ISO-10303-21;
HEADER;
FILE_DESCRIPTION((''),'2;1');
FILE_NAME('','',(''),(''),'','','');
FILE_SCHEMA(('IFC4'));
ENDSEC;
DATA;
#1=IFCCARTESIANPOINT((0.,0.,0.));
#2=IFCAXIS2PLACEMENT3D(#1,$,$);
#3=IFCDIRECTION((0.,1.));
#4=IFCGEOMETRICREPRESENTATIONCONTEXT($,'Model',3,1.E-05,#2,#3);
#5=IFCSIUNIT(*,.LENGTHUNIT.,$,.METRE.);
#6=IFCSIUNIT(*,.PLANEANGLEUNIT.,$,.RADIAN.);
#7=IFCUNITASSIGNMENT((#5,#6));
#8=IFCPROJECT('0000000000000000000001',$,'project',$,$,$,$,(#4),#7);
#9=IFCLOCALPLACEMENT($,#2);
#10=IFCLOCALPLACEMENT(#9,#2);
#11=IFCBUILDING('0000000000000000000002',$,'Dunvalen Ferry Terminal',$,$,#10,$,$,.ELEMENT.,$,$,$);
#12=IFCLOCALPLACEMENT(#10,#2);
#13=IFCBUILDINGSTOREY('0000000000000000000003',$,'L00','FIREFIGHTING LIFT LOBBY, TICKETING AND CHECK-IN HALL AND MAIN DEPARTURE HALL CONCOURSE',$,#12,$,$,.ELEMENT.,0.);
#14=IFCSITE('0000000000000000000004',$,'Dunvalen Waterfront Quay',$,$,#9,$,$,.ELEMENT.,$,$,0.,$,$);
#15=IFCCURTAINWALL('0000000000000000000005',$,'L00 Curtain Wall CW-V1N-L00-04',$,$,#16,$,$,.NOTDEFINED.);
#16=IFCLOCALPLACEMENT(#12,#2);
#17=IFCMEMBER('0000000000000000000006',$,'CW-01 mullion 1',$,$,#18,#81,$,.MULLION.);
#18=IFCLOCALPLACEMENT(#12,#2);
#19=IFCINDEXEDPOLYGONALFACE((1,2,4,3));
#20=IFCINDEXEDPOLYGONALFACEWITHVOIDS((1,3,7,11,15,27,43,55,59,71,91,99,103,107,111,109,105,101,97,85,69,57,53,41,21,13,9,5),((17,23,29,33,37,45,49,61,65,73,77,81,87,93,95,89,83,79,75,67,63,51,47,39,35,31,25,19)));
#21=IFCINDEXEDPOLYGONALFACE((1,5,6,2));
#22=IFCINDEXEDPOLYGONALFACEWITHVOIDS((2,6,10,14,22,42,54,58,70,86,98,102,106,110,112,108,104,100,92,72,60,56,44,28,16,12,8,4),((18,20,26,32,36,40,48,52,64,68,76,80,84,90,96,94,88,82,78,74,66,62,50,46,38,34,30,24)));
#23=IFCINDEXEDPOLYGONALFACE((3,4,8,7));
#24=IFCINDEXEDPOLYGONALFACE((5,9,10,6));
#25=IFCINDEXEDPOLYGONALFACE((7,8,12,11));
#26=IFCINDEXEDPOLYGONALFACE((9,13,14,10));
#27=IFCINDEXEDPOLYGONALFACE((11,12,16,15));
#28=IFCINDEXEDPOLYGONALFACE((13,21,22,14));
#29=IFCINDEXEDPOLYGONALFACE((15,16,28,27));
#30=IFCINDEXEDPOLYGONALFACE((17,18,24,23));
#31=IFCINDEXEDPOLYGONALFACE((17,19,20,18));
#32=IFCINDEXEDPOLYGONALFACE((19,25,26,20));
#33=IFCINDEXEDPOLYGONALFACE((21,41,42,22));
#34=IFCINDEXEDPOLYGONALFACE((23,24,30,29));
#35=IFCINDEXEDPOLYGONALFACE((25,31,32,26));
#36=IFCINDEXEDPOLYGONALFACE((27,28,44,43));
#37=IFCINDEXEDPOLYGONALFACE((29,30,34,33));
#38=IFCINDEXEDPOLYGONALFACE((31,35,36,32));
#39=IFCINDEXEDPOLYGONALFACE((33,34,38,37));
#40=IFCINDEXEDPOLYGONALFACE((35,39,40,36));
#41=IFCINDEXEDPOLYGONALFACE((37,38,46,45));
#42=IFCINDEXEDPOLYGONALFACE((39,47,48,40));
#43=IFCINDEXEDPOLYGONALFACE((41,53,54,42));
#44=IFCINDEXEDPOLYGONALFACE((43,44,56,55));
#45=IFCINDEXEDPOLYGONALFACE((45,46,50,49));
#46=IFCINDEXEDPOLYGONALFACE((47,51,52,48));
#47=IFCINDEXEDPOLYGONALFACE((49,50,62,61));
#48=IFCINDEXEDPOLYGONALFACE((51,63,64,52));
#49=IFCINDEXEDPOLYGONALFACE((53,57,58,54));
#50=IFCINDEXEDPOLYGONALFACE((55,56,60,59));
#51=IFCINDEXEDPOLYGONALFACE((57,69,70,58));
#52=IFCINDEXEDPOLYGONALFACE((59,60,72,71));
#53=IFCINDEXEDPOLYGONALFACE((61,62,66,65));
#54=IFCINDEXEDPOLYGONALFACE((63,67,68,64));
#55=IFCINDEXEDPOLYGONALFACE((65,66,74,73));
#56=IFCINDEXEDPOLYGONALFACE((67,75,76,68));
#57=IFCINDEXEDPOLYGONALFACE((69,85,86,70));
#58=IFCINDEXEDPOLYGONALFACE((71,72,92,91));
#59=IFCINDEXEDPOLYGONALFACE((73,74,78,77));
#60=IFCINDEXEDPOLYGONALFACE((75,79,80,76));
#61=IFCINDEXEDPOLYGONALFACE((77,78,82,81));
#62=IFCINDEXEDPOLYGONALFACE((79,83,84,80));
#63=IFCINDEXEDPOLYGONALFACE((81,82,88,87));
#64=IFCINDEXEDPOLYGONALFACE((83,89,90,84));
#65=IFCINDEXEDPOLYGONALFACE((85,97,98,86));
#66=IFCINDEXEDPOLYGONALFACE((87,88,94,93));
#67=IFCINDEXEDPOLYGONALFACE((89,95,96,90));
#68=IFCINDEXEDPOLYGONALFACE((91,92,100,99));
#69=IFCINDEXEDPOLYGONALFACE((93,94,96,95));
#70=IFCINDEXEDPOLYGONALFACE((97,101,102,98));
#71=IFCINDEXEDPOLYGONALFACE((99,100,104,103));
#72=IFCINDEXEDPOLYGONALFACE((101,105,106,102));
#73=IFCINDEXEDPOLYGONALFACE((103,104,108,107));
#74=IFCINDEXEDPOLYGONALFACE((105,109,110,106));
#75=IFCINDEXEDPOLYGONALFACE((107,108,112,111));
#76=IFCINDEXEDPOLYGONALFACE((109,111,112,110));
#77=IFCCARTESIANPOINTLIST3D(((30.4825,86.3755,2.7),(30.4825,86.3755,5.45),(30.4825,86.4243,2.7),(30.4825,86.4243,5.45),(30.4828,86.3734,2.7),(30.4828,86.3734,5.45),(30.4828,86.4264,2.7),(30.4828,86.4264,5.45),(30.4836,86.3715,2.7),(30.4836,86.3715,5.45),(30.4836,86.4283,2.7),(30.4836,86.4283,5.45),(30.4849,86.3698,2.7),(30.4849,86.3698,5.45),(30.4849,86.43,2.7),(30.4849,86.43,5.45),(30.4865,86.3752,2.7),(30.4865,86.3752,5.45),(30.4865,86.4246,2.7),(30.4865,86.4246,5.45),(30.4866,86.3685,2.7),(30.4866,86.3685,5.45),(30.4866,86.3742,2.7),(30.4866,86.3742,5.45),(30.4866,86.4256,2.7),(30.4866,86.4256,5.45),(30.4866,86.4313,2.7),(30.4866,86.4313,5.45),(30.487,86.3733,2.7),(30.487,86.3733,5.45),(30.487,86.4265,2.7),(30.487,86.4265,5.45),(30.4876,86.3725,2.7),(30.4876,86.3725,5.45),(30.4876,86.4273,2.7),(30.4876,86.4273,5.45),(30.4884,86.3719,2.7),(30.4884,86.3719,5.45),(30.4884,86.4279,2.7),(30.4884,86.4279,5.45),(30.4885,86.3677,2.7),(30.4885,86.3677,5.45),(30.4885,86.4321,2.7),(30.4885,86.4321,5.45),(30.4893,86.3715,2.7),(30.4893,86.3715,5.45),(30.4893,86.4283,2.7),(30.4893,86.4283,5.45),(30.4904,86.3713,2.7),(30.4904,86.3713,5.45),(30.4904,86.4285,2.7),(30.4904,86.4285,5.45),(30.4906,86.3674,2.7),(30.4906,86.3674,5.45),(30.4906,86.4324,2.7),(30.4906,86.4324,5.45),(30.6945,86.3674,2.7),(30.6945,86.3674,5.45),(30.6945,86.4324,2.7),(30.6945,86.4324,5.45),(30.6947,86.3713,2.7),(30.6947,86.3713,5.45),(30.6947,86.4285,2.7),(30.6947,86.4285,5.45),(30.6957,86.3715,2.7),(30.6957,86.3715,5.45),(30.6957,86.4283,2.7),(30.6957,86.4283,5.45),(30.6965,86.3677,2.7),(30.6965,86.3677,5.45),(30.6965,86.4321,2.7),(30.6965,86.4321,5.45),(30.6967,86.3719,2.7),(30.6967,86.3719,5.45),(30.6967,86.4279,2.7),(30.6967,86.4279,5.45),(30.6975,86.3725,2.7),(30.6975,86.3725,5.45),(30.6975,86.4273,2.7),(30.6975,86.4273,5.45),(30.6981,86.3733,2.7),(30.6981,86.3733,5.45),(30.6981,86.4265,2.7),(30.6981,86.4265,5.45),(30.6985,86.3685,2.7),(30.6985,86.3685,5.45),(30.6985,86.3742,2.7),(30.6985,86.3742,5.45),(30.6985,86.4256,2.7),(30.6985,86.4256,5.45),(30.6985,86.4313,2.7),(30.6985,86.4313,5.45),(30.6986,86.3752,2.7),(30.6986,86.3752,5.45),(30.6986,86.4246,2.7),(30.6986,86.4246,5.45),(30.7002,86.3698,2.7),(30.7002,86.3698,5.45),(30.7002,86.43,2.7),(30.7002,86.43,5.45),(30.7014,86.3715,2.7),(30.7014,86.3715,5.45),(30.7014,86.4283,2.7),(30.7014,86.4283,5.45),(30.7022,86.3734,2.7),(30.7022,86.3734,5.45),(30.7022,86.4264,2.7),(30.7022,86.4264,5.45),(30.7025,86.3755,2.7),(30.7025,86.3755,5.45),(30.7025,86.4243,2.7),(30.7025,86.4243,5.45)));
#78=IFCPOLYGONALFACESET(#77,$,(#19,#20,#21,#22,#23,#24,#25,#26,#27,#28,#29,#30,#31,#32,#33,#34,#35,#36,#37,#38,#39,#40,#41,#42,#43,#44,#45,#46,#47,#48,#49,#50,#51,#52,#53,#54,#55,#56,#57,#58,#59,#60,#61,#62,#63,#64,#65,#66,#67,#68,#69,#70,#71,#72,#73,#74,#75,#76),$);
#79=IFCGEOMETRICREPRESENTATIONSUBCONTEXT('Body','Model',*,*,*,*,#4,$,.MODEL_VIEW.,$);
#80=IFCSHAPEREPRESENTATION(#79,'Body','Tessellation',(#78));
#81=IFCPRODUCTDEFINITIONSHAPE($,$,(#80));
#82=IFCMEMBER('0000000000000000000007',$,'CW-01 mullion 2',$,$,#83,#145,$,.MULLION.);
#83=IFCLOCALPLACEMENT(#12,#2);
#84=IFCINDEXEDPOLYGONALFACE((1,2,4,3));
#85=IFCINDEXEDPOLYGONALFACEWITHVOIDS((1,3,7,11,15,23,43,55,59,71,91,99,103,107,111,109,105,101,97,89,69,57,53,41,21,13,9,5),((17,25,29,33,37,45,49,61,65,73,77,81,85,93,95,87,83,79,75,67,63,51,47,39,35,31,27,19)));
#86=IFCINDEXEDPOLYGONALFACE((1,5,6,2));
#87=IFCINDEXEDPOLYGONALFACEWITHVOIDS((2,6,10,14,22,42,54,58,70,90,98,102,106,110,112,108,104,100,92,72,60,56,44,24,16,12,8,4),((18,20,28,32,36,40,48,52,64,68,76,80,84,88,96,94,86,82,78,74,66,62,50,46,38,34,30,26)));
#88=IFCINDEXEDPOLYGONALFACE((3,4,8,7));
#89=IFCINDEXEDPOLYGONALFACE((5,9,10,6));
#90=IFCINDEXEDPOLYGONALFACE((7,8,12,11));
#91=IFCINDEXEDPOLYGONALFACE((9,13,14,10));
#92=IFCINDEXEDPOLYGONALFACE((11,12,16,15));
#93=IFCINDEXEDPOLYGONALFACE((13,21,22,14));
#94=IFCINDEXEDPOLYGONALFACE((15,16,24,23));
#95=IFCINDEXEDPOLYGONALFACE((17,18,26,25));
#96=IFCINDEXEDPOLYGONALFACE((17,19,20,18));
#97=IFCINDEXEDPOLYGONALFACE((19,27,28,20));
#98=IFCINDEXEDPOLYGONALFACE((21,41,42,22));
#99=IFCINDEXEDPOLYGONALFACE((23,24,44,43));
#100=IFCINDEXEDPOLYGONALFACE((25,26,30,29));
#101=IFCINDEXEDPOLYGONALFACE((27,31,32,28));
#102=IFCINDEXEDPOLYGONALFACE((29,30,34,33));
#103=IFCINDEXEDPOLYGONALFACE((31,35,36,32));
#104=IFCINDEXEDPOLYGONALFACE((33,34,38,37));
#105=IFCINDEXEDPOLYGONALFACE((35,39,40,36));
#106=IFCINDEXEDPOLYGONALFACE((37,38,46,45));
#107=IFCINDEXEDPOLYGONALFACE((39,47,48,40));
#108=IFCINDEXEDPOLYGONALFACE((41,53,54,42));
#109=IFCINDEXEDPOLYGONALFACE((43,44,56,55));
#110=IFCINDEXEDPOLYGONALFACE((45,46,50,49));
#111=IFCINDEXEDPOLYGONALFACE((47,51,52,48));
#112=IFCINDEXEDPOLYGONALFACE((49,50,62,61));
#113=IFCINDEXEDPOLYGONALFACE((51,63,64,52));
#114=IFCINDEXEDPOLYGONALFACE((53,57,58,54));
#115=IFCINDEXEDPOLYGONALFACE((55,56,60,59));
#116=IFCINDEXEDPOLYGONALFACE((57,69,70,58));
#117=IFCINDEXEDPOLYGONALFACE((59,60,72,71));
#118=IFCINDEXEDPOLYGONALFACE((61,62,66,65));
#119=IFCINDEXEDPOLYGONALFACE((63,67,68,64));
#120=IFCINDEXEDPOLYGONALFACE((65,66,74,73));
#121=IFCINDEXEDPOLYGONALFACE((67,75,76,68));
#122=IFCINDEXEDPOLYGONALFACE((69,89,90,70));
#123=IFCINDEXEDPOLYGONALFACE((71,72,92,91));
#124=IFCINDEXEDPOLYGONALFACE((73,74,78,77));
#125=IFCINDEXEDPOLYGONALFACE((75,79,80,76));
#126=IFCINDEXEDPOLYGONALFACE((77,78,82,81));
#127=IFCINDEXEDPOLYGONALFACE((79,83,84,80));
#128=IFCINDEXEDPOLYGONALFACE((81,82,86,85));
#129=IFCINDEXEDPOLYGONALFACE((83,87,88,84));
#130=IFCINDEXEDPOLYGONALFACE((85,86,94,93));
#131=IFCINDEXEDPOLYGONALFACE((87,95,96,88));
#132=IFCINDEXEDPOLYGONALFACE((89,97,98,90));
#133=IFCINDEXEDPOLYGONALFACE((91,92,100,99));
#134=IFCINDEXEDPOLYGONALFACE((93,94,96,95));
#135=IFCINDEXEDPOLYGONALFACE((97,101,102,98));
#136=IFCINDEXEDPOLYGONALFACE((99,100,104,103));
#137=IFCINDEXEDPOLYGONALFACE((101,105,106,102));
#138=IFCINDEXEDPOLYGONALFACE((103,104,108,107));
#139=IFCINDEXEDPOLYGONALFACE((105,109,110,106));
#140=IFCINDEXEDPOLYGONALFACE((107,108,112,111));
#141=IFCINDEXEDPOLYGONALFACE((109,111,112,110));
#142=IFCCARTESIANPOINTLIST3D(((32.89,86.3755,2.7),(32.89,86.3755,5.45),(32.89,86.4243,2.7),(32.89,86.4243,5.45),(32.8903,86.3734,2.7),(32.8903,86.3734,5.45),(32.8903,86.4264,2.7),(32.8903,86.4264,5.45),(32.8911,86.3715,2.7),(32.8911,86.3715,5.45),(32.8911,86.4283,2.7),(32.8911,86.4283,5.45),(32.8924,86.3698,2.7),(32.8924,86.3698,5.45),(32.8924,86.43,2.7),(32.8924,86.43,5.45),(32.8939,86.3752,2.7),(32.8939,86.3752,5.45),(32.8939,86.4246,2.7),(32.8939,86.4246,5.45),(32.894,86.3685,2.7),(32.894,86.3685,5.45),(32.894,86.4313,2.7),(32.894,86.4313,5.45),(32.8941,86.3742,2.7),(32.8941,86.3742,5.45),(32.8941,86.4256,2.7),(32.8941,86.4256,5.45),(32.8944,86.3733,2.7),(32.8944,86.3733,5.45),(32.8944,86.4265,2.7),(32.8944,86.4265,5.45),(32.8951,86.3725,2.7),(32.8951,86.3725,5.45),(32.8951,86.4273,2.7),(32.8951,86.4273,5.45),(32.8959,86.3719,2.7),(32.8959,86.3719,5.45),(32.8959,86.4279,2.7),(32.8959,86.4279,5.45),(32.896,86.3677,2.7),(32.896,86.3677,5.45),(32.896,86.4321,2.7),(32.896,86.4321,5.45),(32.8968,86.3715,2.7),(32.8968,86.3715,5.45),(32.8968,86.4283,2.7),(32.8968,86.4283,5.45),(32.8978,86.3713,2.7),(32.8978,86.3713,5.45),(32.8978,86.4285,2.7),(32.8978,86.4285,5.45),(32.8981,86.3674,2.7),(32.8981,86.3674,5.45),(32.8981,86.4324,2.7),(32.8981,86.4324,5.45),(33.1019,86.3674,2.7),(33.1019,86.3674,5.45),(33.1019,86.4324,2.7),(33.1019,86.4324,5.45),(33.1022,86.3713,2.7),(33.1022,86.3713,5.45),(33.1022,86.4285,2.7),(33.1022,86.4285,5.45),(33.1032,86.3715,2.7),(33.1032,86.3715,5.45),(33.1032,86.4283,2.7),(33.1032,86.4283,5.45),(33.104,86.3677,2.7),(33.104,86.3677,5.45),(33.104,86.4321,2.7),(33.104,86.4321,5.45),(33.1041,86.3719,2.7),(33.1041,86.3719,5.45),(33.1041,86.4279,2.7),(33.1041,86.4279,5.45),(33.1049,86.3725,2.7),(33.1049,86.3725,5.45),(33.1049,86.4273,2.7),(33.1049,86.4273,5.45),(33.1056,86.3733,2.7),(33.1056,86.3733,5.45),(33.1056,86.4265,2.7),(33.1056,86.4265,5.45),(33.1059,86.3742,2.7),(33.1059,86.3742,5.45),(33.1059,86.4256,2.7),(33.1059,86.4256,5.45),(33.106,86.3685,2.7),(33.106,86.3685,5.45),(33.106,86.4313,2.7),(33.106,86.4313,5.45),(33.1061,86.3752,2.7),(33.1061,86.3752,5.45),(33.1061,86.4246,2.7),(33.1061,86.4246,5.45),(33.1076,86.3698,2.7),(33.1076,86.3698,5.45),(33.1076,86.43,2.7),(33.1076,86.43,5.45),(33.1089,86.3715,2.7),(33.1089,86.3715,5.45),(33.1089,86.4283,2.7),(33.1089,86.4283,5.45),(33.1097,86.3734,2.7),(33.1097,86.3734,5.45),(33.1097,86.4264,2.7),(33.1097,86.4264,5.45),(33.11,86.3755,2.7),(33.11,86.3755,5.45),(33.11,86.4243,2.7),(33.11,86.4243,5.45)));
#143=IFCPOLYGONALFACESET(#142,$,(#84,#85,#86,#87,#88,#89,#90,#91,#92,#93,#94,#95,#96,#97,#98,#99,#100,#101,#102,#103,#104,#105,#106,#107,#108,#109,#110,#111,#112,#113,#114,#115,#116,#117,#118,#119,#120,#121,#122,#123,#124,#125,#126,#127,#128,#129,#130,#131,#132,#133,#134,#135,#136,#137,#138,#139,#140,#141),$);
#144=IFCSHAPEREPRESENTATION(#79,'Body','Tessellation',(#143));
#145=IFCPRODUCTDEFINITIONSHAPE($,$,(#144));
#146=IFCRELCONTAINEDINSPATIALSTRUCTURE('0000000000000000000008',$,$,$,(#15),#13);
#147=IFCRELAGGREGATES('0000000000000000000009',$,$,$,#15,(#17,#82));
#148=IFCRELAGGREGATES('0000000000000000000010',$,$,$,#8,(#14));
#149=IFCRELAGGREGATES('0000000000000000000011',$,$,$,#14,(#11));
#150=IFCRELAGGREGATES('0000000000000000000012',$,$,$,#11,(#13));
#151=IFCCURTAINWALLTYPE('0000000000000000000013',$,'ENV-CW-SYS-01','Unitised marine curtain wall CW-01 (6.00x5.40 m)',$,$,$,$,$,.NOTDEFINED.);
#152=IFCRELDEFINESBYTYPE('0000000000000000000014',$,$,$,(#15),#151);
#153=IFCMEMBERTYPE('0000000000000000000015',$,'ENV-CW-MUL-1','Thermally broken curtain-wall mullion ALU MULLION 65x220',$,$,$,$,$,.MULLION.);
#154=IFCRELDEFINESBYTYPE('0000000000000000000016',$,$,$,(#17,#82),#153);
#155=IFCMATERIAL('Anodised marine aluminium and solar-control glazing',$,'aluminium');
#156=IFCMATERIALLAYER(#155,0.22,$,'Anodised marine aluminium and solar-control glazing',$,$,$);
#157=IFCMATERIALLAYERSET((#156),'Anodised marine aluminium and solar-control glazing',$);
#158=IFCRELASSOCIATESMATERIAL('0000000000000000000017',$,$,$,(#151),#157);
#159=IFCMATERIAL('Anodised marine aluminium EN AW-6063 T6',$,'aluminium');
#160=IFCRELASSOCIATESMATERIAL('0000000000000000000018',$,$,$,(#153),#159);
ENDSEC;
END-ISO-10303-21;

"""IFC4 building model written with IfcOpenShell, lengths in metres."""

from ifc_helpers import new_model, si_unit, direction, frame, origin, origin_2d, place, context, subcontext, project, spatial, hollow_rectangle, extrude, material, layer, layer_set, material_profile, profile_set, type_object, element, aggregate, save


model = new_model("IFC4")

# Units and contexts
model_context = context("Model", 3, precision=1e-05, world=origin(), true_north=direction((0.0, 1.0)))
body_context = subcontext(model_context, "Body", "Model", "MODEL_VIEW")
ifc_project = project(units=[si_unit("LENGTHUNIT", "METRE"), si_unit("PLANEANGLEUNIT", "RADIAN")], contexts=[model_context])

# Site, building, storey
site_placement = place(None, origin())
site = spatial("IfcSite", under=ifc_project, at=site_placement, Name="Dunvalen Waterfront Quay", CompositionType="ELEMENT", RefElevation=0.0)
building_placement = place(site_placement, origin())
building = spatial("IfcBuilding", under=site, at=building_placement, Name="Dunvalen Ferry Terminal", CompositionType="ELEMENT")
storey_placement = place(building_placement, origin())
storey = spatial("IfcBuildingStorey", under=building, at=storey_placement, Name="L00", Description="FIREFIGHTING LIFT LOBBY, TICKETING AND CHECK-IN HALL AND MAIN DEPARTURE HALL CONCOURSE", CompositionType="ELEMENT", Elevation=0.0)

# Shared definitions
ifc_material_1 = material(Name="Anodised marine aluminium and solar-control glazing", Category="aluminium")
ifc_layer_1 = layer(ifc_material_1, 0.22, Name="Anodised marine aluminium and solar-control glazing")
ifc_layer_set_1 = layer_set([ifc_layer_1], Name="Anodised marine aluminium and solar-control glazing")
curtain_wall_type = type_object("IfcCurtainWallType", Name="ENV-CW-SYS-01", Description="Unitised marine curtain wall CW-01 (6.00x5.40 m)", PredefinedType="NOTDEFINED", material=ifc_layer_set_1)
ifc_material_2 = material(Name="Anodised marine aluminium EN AW-6063 T6", Category="aluminium")
ifc_material_profile_1 = material_profile(ifc_material_2, hollow_rectangle(XDim=0.0649, YDim=0.22, WallThickness=0.0039, InnerFilletRadius=0.0039, OuterFilletRadius=0.0081, at=origin_2d()), Name="Anodised marine aluminium EN AW-6063 T6")
ifc_profile_set_1 = profile_set([ifc_material_profile_1], Name="Anodised marine aluminium EN AW-6063 T6")
member_type_1 = type_object("IfcMemberType", Name="ENV-CW-MUL-1", Description="Thermally broken curtain-wall mullion ALU MULLION 65x220", PredefinedType="MULLION", material=ifc_profile_set_1)

# Curtain wall, members
curtain_wall_1_placement = place(storey_placement, origin())
curtain_wall_1 = element("IfcCurtainWall", 1, at=curtain_wall_1_placement, inside=storey, type_object=curtain_wall_type, Name="L00 Curtain Wall CW-V1N-L00-04", PredefinedType="NOTDEFINED")
member_1_placement = place(storey_placement, frame((30.5925, 86.3999, 2.7), z_axis=(0.0, 0.0, 1.0), x_axis=(0.0, 1.0, 0.0)))
member_1 = element("IfcMember", 2, at=member_1_placement, type_object=member_type_1, Name="CW-01 mullion 1", PredefinedType="MULLION", context=body_context, shape_type="SweptSolid", body=[
    extrude(hollow_rectangle(XDim=0.0649, YDim=0.22, WallThickness=0.0039, InnerFilletRadius=0.0039, OuterFilletRadius=0.0081, at=origin_2d()), origin(), (0.0, 0.0, 1.0), 2.75),
])
member_2_placement = place(storey_placement, frame((33.0, 86.3999, 2.7), z_axis=(0.0, 0.0, 1.0), x_axis=(0.0, 1.0, 0.0)))
member_2 = element("IfcMember", 3, at=member_2_placement, type_object=member_type_1, Name="CW-01 mullion 2", PredefinedType="MULLION", context=body_context, shape_type="SweptSolid", body=[
    extrude(hollow_rectangle(XDim=0.0649, YDim=0.22, WallThickness=0.0039, InnerFilletRadius=0.0039, OuterFilletRadius=0.0081, at=origin_2d()), origin(), (0.0, 0.0, 1.0), 2.75),
])

aggregate(curtain_wall_1, [member_1, member_2])

save(model, "model.ifc")
